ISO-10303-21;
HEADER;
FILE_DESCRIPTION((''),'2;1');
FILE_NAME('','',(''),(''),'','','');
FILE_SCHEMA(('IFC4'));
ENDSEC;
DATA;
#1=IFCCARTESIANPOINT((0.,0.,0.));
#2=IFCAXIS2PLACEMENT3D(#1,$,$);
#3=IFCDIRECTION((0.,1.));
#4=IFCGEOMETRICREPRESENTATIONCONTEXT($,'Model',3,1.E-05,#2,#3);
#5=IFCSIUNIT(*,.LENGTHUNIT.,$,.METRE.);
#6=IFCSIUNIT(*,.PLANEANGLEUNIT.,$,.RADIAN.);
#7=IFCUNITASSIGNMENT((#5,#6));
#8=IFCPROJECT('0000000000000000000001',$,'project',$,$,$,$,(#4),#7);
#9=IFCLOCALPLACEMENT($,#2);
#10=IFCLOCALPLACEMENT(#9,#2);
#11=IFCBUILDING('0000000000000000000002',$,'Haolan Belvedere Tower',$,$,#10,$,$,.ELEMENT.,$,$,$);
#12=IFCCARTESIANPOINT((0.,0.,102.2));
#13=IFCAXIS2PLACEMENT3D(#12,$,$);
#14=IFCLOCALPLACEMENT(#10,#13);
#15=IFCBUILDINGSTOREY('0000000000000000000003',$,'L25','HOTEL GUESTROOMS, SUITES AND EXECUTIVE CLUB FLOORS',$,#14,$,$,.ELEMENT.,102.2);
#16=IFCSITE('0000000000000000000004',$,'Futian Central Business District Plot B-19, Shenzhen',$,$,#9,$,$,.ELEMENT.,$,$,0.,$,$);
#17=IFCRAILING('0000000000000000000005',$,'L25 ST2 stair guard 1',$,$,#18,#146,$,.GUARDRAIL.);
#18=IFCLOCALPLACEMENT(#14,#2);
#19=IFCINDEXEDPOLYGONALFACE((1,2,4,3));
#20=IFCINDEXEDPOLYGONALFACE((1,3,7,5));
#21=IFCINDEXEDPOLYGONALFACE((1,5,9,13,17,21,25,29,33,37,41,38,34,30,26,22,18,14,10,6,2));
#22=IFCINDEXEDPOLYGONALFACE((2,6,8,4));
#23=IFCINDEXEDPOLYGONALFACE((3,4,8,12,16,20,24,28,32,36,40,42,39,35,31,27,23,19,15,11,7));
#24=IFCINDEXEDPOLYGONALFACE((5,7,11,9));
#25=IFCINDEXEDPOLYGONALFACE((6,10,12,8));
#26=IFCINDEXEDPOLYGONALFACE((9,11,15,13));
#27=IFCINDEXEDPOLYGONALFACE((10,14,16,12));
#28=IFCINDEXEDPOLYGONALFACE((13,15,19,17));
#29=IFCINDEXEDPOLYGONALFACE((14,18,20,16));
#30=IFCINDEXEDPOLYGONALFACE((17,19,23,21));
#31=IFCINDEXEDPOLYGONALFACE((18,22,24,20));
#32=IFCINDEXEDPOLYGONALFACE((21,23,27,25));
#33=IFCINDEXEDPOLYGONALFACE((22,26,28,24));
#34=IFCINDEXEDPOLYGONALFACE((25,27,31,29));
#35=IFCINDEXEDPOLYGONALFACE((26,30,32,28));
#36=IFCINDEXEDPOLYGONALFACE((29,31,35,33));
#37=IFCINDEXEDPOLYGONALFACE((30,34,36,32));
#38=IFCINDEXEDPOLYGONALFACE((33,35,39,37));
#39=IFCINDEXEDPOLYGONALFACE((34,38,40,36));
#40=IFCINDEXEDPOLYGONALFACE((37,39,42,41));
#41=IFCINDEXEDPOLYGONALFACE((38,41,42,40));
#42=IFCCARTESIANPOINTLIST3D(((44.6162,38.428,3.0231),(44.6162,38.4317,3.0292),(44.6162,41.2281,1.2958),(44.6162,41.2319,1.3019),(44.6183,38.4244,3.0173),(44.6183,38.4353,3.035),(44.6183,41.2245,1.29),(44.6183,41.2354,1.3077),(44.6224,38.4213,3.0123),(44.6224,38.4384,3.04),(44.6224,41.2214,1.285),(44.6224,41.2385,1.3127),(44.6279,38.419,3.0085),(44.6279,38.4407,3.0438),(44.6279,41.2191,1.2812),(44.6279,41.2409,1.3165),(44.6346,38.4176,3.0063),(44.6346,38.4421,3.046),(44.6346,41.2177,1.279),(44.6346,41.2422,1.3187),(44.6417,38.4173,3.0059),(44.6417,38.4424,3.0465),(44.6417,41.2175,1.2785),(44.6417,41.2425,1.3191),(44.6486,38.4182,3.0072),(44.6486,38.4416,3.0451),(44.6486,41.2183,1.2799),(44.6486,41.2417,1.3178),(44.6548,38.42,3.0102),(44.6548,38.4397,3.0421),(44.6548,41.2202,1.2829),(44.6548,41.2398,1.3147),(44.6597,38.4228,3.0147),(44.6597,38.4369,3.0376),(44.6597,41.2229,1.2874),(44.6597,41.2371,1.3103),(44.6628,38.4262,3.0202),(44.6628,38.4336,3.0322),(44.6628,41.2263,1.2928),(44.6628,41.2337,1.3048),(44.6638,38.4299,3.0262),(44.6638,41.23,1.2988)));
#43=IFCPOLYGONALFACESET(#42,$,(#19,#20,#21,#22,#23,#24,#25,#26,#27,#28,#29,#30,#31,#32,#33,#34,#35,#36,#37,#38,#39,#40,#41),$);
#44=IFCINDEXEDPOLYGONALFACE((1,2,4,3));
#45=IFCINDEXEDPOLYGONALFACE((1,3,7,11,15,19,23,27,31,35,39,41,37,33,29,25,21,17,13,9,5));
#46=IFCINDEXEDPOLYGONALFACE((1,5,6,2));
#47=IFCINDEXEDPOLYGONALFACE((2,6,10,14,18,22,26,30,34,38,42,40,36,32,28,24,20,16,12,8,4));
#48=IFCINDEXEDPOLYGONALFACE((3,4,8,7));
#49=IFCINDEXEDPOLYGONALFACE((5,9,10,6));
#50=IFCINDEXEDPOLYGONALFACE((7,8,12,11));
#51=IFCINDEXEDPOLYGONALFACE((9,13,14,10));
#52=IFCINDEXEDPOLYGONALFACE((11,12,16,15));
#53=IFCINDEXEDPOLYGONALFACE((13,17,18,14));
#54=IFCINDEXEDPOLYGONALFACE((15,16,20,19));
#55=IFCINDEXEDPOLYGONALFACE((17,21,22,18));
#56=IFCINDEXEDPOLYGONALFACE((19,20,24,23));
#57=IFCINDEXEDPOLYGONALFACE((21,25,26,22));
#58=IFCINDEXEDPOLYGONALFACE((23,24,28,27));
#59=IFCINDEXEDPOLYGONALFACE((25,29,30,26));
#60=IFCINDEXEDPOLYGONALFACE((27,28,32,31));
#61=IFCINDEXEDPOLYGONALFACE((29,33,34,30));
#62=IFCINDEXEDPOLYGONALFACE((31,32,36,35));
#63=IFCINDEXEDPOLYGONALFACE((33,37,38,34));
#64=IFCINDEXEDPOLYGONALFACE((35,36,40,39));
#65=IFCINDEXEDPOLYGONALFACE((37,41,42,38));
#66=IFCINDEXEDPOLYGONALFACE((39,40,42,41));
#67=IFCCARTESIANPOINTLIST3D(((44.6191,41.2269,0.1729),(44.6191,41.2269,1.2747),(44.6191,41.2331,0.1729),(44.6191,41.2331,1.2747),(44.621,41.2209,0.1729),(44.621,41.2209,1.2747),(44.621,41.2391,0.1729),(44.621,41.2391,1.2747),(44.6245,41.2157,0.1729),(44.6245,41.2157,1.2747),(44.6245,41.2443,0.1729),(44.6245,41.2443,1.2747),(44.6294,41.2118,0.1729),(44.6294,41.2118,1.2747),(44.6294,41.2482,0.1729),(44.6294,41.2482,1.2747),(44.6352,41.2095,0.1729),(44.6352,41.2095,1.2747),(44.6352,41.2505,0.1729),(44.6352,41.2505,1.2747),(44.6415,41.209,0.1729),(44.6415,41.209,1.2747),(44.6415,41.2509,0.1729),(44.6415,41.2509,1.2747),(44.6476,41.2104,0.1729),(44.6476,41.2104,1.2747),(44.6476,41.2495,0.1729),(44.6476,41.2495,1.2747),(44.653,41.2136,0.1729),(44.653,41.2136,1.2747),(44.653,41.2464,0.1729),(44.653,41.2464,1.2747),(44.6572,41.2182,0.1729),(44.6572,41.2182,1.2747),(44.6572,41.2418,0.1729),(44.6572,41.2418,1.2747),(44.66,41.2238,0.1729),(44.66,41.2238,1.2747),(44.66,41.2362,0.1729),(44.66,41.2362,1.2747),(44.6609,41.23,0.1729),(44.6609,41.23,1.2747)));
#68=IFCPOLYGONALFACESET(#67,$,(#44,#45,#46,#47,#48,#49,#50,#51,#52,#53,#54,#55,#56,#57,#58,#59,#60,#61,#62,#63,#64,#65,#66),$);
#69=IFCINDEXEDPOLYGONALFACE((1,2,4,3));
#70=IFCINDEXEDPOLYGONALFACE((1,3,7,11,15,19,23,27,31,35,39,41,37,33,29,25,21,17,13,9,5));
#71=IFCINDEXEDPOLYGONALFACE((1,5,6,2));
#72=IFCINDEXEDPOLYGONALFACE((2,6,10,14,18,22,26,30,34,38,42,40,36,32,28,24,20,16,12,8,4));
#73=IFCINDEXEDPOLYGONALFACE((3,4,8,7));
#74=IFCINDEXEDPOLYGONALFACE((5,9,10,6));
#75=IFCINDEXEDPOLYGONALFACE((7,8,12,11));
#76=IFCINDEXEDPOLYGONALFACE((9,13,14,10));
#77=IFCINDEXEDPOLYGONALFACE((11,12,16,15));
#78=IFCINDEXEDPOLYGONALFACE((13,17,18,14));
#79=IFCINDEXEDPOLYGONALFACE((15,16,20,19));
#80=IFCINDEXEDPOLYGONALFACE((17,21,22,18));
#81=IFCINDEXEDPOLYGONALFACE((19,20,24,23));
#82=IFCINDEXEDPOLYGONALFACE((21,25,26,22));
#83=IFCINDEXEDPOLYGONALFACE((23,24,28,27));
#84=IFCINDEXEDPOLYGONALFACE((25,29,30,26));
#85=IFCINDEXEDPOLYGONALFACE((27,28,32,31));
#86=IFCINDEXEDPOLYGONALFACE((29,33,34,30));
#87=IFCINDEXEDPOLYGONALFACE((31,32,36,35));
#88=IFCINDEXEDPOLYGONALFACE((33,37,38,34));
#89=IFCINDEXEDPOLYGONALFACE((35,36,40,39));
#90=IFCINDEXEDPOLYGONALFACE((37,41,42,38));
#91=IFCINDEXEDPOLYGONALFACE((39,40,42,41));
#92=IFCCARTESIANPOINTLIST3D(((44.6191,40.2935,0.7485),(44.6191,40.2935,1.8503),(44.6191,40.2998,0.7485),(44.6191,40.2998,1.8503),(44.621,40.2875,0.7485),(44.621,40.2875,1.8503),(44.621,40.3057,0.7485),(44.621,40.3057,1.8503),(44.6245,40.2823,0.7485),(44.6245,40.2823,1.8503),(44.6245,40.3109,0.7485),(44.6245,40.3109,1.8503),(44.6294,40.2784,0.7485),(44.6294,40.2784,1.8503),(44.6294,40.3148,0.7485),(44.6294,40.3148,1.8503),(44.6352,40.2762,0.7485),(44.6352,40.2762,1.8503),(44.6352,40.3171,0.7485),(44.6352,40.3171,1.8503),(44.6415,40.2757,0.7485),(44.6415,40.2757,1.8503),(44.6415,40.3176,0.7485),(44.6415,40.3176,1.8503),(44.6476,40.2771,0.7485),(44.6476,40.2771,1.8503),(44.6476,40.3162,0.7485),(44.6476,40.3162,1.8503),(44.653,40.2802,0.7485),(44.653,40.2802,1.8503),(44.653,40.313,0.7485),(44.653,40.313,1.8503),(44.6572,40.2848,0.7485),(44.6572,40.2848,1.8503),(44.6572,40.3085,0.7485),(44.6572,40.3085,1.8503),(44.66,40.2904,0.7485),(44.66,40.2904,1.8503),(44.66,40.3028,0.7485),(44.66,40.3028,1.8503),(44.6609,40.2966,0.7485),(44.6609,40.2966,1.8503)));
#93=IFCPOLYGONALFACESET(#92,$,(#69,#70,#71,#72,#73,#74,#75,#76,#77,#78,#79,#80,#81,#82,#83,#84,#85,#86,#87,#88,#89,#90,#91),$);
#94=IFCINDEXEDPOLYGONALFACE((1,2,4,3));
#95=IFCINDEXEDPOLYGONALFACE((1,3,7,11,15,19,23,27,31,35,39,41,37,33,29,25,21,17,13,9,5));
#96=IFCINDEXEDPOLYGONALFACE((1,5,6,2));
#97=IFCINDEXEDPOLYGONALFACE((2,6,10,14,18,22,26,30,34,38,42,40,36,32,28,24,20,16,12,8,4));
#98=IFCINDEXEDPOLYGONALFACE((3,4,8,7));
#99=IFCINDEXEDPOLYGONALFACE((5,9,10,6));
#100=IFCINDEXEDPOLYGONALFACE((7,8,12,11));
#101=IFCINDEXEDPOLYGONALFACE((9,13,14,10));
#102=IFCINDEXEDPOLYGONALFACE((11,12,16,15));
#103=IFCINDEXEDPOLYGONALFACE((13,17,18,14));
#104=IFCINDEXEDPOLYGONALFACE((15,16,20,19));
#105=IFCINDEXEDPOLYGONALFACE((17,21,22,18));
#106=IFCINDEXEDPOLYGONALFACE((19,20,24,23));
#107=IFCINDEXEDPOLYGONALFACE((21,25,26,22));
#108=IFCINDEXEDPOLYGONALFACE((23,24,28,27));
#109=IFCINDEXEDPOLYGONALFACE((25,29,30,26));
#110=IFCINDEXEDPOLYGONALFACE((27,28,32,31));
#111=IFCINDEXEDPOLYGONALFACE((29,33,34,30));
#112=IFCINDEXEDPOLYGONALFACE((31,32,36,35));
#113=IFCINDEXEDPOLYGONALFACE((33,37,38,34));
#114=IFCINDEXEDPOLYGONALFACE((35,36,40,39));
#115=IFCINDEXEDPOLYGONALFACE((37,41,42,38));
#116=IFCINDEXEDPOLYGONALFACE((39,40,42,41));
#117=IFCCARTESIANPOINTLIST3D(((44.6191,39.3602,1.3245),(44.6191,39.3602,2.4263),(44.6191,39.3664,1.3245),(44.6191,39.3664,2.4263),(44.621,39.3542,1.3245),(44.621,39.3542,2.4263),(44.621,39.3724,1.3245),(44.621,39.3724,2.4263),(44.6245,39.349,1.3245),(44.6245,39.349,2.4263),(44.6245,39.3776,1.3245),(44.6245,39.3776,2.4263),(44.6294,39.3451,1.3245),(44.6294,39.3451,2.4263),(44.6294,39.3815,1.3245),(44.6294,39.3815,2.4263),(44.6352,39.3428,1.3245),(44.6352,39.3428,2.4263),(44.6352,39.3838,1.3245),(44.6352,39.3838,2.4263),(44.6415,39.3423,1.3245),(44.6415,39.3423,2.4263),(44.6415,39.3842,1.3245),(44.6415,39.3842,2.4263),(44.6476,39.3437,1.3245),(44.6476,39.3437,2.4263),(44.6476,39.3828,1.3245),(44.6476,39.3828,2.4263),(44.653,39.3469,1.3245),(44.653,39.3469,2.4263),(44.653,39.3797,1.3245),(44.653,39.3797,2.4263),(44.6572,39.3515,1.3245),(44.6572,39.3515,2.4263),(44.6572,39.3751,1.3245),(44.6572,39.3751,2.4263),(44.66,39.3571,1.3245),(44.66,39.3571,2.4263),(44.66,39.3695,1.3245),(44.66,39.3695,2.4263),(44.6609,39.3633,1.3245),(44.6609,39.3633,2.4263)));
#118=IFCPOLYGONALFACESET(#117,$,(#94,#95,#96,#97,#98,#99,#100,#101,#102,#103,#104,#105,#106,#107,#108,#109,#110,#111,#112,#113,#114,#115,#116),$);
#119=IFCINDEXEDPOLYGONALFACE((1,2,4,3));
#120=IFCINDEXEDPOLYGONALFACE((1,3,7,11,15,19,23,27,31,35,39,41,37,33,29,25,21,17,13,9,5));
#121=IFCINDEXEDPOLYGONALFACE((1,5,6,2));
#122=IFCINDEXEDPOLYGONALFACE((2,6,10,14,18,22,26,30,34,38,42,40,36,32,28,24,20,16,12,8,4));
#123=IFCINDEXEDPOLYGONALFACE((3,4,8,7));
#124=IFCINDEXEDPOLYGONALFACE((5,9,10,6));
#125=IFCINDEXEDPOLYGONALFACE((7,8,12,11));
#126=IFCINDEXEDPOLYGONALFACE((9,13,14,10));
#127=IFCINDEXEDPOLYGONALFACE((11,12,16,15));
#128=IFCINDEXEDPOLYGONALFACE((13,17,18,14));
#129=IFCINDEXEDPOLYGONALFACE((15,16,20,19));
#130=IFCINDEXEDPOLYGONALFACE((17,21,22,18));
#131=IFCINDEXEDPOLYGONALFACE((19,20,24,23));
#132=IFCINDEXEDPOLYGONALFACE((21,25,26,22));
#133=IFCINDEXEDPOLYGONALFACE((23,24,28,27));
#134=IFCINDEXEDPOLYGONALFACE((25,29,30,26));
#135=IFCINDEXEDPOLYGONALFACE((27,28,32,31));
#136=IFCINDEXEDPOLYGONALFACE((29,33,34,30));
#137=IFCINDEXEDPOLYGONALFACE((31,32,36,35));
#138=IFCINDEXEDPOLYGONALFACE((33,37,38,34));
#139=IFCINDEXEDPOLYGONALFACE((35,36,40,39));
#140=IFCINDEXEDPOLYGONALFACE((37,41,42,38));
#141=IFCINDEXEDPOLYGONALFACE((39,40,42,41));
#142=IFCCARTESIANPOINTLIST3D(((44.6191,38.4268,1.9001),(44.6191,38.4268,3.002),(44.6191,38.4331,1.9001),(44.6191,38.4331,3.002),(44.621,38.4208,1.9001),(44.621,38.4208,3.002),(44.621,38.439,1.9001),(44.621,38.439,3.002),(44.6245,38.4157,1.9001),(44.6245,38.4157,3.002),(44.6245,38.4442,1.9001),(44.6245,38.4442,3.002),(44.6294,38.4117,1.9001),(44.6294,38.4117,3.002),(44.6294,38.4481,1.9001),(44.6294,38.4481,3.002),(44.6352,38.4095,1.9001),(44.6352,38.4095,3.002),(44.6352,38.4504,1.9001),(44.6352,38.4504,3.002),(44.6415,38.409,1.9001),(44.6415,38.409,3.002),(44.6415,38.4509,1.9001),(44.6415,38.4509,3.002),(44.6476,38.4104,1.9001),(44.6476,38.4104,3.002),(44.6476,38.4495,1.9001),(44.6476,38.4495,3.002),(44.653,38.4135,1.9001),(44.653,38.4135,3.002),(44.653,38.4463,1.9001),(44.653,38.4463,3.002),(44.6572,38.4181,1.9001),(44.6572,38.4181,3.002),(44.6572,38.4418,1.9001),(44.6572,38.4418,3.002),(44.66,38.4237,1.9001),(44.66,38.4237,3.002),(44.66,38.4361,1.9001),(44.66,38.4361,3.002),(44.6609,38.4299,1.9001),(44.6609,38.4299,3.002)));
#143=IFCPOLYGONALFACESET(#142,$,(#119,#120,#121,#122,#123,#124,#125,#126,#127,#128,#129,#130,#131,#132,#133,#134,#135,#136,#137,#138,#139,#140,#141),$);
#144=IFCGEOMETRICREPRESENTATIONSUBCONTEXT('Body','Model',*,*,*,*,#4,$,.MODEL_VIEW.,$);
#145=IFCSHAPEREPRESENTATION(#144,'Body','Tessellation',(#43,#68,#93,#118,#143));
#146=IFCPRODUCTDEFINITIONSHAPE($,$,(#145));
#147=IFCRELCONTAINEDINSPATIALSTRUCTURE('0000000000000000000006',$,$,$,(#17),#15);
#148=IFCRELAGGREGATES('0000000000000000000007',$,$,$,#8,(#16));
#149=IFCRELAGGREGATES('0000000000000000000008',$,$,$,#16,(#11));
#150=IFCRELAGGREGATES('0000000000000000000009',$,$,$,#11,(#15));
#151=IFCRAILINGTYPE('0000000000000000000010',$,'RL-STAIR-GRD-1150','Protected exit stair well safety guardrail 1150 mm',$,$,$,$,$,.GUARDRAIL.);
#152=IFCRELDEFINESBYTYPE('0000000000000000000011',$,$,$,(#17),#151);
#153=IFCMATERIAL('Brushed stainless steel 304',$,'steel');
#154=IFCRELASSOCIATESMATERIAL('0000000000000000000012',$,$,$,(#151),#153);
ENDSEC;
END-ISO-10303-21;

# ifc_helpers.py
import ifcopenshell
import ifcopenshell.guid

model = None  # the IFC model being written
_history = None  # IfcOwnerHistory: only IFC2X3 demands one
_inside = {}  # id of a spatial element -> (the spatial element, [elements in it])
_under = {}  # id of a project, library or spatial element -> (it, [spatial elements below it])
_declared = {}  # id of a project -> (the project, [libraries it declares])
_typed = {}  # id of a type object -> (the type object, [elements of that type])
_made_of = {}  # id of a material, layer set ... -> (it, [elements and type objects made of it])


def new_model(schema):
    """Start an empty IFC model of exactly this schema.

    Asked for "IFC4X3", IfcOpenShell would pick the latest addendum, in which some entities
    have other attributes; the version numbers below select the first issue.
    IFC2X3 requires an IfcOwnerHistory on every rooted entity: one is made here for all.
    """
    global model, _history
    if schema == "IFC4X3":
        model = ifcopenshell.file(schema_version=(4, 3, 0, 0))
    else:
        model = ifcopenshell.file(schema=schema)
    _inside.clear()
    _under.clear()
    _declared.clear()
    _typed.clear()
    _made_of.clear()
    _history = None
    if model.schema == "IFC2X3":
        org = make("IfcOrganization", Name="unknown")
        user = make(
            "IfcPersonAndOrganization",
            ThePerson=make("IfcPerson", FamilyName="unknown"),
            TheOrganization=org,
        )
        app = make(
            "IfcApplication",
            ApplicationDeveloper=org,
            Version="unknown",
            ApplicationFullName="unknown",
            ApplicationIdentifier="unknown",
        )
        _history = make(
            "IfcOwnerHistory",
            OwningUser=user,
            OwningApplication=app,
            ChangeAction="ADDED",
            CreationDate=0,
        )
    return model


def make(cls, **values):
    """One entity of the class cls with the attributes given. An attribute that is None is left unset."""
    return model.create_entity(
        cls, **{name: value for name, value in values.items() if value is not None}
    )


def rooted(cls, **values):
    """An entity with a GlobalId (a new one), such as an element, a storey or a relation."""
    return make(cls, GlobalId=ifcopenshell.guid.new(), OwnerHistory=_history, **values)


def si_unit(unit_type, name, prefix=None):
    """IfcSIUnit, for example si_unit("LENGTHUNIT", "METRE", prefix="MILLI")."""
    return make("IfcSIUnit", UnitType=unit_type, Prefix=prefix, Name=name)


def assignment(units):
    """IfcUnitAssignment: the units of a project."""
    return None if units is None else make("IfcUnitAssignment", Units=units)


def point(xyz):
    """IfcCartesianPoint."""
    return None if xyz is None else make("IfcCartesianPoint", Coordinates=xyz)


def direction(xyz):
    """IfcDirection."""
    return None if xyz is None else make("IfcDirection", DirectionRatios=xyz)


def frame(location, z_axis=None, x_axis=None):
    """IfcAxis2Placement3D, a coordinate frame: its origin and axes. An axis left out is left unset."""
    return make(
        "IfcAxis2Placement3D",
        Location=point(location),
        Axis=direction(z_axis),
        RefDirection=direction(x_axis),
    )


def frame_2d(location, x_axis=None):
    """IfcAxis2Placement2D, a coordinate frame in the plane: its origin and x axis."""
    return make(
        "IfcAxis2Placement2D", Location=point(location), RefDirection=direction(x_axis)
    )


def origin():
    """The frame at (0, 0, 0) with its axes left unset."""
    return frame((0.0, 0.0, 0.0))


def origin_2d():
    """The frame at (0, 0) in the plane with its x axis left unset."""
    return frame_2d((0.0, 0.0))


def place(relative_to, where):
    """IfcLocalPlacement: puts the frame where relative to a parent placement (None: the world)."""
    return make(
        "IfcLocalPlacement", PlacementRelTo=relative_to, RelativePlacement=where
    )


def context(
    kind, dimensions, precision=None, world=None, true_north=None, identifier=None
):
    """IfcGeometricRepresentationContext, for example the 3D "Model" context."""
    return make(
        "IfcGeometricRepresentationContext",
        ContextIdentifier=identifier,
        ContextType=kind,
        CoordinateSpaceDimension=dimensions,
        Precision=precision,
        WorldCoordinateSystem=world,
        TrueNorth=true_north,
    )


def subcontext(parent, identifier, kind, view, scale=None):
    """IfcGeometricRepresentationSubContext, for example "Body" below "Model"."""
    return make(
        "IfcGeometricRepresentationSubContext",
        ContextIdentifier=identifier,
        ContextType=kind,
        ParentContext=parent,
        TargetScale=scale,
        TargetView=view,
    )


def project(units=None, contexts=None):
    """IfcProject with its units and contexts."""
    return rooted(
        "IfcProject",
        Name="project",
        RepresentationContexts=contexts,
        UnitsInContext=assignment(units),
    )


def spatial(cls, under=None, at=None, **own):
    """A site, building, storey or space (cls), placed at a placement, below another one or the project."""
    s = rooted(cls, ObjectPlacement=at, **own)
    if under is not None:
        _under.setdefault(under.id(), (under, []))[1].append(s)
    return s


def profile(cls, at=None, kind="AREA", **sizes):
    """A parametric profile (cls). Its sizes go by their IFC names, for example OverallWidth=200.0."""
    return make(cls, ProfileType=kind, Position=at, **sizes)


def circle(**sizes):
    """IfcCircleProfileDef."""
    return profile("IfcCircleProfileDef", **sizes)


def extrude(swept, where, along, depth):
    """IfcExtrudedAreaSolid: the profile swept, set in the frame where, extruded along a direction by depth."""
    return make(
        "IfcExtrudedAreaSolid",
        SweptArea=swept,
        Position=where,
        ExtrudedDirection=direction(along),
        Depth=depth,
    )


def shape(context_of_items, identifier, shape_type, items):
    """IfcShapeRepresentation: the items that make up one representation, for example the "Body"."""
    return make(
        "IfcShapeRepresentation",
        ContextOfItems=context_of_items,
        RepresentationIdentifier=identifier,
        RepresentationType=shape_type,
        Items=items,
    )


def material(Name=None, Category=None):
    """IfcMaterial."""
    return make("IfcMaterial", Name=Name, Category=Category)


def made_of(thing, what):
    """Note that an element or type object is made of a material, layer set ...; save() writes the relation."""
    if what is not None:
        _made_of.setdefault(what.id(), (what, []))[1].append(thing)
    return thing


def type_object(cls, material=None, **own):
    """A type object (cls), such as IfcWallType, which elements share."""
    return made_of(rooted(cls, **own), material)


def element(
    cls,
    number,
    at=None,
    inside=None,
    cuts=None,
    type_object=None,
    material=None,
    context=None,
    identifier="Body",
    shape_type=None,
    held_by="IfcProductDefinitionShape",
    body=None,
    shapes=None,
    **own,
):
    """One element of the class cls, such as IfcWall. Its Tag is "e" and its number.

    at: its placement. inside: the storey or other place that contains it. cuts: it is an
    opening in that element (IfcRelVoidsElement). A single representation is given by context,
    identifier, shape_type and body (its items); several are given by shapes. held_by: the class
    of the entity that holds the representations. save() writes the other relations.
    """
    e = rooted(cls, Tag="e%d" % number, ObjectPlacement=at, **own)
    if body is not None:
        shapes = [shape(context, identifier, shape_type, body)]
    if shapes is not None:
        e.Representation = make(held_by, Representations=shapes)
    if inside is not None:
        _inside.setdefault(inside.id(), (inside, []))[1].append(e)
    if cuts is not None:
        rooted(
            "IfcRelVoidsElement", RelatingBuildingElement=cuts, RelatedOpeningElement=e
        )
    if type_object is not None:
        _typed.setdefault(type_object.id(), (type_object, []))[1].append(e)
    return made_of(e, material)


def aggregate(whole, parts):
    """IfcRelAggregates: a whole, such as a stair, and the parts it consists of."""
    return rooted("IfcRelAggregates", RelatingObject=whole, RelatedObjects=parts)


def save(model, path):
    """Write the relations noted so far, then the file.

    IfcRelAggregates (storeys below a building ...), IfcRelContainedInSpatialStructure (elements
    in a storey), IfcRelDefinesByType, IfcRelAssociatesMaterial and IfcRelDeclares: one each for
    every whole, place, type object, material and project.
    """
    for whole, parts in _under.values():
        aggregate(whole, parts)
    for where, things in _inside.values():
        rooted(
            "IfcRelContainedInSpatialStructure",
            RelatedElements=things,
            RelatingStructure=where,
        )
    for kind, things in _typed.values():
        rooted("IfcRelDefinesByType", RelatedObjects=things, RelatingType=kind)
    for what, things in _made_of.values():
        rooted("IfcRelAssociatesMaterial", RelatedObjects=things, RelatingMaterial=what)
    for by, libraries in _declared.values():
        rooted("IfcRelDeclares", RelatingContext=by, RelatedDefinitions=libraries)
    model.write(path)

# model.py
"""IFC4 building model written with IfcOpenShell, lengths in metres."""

from ifc_helpers import new_model, si_unit, direction, frame, origin, origin_2d, place, context, subcontext, project, spatial, circle, extrude, material, type_object, element, save


model = new_model("IFC4")

# Units and contexts
model_context = context("Model", 3, precision=1e-05, world=origin(), true_north=direction((0.0, 1.0)))
body_context = subcontext(model_context, "Body", "Model", "MODEL_VIEW")
ifc_project = project(units=[si_unit("LENGTHUNIT", "METRE"), si_unit("PLANEANGLEUNIT", "RADIAN")], contexts=[model_context])

# Site, building, storey
site_placement = place(None, origin())
site = spatial("IfcSite", under=ifc_project, at=site_placement, Name="Futian Central Business District Plot B-19, Shenzhen", CompositionType="ELEMENT", RefElevation=0.0)
building_placement = place(site_placement, origin())
building = spatial("IfcBuilding", under=site, at=building_placement, Name="Haolan Belvedere Tower", CompositionType="ELEMENT")
storey_placement = place(building_placement, frame((0.0, 0.0, 102.2)))
storey = spatial("IfcBuildingStorey", under=building, at=storey_placement, Name="L25", Description="HOTEL GUESTROOMS, SUITES AND EXECUTIVE CLUB FLOORS", CompositionType="ELEMENT", Elevation=102.2)

# Railing
ifc_material_1 = material(Name="Brushed stainless steel 304", Category="steel")
railing_type_1 = type_object("IfcRailingType", Name="RL-STAIR-GRD-1150", Description="Protected exit stair well safety guardrail 1150 mm", PredefinedType="GUARDRAIL", material=ifc_material_1)
railing_1_placement = place(storey_placement, frame((44.6399, 41.23, 0.1729)))
element("IfcRailing", 1, at=railing_1_placement, inside=storey, type_object=railing_type_1, Name="L25 ST2 stair guard 1", PredefinedType="GUARDRAIL", context=body_context, shape_type="SweptSolid", body=[
    extrude(circle(Radius=0.0239, at=origin_2d()), frame((0.0, 0.0, 1.126), z_axis=(0.0, -0.85109, 0.52502), x_axis=(1.0, 0.0, 0.0)), (0.0, 0.0, 1.0), 3.29),
    extrude(circle(Radius=0.021, at=origin_2d()), origin(), (0.0, 0.0, 1.0), 1.1018),
    extrude(circle(Radius=0.021, at=origin_2d()), frame((0.0, -0.9333, 0.5757)), (0.0, 0.0, 1.0), 1.1018),
    extrude(circle(Radius=0.021, at=origin_2d()), frame((0.0, -1.8667, 1.1516)), (0.0, 0.0, 1.0), 1.1018),
    extrude(circle(Radius=0.021, at=origin_2d()), frame((0.0, -2.8, 1.7273)), (0.0, 0.0, 1.0), 1.1018),
])

save(model, "model.ifc")
